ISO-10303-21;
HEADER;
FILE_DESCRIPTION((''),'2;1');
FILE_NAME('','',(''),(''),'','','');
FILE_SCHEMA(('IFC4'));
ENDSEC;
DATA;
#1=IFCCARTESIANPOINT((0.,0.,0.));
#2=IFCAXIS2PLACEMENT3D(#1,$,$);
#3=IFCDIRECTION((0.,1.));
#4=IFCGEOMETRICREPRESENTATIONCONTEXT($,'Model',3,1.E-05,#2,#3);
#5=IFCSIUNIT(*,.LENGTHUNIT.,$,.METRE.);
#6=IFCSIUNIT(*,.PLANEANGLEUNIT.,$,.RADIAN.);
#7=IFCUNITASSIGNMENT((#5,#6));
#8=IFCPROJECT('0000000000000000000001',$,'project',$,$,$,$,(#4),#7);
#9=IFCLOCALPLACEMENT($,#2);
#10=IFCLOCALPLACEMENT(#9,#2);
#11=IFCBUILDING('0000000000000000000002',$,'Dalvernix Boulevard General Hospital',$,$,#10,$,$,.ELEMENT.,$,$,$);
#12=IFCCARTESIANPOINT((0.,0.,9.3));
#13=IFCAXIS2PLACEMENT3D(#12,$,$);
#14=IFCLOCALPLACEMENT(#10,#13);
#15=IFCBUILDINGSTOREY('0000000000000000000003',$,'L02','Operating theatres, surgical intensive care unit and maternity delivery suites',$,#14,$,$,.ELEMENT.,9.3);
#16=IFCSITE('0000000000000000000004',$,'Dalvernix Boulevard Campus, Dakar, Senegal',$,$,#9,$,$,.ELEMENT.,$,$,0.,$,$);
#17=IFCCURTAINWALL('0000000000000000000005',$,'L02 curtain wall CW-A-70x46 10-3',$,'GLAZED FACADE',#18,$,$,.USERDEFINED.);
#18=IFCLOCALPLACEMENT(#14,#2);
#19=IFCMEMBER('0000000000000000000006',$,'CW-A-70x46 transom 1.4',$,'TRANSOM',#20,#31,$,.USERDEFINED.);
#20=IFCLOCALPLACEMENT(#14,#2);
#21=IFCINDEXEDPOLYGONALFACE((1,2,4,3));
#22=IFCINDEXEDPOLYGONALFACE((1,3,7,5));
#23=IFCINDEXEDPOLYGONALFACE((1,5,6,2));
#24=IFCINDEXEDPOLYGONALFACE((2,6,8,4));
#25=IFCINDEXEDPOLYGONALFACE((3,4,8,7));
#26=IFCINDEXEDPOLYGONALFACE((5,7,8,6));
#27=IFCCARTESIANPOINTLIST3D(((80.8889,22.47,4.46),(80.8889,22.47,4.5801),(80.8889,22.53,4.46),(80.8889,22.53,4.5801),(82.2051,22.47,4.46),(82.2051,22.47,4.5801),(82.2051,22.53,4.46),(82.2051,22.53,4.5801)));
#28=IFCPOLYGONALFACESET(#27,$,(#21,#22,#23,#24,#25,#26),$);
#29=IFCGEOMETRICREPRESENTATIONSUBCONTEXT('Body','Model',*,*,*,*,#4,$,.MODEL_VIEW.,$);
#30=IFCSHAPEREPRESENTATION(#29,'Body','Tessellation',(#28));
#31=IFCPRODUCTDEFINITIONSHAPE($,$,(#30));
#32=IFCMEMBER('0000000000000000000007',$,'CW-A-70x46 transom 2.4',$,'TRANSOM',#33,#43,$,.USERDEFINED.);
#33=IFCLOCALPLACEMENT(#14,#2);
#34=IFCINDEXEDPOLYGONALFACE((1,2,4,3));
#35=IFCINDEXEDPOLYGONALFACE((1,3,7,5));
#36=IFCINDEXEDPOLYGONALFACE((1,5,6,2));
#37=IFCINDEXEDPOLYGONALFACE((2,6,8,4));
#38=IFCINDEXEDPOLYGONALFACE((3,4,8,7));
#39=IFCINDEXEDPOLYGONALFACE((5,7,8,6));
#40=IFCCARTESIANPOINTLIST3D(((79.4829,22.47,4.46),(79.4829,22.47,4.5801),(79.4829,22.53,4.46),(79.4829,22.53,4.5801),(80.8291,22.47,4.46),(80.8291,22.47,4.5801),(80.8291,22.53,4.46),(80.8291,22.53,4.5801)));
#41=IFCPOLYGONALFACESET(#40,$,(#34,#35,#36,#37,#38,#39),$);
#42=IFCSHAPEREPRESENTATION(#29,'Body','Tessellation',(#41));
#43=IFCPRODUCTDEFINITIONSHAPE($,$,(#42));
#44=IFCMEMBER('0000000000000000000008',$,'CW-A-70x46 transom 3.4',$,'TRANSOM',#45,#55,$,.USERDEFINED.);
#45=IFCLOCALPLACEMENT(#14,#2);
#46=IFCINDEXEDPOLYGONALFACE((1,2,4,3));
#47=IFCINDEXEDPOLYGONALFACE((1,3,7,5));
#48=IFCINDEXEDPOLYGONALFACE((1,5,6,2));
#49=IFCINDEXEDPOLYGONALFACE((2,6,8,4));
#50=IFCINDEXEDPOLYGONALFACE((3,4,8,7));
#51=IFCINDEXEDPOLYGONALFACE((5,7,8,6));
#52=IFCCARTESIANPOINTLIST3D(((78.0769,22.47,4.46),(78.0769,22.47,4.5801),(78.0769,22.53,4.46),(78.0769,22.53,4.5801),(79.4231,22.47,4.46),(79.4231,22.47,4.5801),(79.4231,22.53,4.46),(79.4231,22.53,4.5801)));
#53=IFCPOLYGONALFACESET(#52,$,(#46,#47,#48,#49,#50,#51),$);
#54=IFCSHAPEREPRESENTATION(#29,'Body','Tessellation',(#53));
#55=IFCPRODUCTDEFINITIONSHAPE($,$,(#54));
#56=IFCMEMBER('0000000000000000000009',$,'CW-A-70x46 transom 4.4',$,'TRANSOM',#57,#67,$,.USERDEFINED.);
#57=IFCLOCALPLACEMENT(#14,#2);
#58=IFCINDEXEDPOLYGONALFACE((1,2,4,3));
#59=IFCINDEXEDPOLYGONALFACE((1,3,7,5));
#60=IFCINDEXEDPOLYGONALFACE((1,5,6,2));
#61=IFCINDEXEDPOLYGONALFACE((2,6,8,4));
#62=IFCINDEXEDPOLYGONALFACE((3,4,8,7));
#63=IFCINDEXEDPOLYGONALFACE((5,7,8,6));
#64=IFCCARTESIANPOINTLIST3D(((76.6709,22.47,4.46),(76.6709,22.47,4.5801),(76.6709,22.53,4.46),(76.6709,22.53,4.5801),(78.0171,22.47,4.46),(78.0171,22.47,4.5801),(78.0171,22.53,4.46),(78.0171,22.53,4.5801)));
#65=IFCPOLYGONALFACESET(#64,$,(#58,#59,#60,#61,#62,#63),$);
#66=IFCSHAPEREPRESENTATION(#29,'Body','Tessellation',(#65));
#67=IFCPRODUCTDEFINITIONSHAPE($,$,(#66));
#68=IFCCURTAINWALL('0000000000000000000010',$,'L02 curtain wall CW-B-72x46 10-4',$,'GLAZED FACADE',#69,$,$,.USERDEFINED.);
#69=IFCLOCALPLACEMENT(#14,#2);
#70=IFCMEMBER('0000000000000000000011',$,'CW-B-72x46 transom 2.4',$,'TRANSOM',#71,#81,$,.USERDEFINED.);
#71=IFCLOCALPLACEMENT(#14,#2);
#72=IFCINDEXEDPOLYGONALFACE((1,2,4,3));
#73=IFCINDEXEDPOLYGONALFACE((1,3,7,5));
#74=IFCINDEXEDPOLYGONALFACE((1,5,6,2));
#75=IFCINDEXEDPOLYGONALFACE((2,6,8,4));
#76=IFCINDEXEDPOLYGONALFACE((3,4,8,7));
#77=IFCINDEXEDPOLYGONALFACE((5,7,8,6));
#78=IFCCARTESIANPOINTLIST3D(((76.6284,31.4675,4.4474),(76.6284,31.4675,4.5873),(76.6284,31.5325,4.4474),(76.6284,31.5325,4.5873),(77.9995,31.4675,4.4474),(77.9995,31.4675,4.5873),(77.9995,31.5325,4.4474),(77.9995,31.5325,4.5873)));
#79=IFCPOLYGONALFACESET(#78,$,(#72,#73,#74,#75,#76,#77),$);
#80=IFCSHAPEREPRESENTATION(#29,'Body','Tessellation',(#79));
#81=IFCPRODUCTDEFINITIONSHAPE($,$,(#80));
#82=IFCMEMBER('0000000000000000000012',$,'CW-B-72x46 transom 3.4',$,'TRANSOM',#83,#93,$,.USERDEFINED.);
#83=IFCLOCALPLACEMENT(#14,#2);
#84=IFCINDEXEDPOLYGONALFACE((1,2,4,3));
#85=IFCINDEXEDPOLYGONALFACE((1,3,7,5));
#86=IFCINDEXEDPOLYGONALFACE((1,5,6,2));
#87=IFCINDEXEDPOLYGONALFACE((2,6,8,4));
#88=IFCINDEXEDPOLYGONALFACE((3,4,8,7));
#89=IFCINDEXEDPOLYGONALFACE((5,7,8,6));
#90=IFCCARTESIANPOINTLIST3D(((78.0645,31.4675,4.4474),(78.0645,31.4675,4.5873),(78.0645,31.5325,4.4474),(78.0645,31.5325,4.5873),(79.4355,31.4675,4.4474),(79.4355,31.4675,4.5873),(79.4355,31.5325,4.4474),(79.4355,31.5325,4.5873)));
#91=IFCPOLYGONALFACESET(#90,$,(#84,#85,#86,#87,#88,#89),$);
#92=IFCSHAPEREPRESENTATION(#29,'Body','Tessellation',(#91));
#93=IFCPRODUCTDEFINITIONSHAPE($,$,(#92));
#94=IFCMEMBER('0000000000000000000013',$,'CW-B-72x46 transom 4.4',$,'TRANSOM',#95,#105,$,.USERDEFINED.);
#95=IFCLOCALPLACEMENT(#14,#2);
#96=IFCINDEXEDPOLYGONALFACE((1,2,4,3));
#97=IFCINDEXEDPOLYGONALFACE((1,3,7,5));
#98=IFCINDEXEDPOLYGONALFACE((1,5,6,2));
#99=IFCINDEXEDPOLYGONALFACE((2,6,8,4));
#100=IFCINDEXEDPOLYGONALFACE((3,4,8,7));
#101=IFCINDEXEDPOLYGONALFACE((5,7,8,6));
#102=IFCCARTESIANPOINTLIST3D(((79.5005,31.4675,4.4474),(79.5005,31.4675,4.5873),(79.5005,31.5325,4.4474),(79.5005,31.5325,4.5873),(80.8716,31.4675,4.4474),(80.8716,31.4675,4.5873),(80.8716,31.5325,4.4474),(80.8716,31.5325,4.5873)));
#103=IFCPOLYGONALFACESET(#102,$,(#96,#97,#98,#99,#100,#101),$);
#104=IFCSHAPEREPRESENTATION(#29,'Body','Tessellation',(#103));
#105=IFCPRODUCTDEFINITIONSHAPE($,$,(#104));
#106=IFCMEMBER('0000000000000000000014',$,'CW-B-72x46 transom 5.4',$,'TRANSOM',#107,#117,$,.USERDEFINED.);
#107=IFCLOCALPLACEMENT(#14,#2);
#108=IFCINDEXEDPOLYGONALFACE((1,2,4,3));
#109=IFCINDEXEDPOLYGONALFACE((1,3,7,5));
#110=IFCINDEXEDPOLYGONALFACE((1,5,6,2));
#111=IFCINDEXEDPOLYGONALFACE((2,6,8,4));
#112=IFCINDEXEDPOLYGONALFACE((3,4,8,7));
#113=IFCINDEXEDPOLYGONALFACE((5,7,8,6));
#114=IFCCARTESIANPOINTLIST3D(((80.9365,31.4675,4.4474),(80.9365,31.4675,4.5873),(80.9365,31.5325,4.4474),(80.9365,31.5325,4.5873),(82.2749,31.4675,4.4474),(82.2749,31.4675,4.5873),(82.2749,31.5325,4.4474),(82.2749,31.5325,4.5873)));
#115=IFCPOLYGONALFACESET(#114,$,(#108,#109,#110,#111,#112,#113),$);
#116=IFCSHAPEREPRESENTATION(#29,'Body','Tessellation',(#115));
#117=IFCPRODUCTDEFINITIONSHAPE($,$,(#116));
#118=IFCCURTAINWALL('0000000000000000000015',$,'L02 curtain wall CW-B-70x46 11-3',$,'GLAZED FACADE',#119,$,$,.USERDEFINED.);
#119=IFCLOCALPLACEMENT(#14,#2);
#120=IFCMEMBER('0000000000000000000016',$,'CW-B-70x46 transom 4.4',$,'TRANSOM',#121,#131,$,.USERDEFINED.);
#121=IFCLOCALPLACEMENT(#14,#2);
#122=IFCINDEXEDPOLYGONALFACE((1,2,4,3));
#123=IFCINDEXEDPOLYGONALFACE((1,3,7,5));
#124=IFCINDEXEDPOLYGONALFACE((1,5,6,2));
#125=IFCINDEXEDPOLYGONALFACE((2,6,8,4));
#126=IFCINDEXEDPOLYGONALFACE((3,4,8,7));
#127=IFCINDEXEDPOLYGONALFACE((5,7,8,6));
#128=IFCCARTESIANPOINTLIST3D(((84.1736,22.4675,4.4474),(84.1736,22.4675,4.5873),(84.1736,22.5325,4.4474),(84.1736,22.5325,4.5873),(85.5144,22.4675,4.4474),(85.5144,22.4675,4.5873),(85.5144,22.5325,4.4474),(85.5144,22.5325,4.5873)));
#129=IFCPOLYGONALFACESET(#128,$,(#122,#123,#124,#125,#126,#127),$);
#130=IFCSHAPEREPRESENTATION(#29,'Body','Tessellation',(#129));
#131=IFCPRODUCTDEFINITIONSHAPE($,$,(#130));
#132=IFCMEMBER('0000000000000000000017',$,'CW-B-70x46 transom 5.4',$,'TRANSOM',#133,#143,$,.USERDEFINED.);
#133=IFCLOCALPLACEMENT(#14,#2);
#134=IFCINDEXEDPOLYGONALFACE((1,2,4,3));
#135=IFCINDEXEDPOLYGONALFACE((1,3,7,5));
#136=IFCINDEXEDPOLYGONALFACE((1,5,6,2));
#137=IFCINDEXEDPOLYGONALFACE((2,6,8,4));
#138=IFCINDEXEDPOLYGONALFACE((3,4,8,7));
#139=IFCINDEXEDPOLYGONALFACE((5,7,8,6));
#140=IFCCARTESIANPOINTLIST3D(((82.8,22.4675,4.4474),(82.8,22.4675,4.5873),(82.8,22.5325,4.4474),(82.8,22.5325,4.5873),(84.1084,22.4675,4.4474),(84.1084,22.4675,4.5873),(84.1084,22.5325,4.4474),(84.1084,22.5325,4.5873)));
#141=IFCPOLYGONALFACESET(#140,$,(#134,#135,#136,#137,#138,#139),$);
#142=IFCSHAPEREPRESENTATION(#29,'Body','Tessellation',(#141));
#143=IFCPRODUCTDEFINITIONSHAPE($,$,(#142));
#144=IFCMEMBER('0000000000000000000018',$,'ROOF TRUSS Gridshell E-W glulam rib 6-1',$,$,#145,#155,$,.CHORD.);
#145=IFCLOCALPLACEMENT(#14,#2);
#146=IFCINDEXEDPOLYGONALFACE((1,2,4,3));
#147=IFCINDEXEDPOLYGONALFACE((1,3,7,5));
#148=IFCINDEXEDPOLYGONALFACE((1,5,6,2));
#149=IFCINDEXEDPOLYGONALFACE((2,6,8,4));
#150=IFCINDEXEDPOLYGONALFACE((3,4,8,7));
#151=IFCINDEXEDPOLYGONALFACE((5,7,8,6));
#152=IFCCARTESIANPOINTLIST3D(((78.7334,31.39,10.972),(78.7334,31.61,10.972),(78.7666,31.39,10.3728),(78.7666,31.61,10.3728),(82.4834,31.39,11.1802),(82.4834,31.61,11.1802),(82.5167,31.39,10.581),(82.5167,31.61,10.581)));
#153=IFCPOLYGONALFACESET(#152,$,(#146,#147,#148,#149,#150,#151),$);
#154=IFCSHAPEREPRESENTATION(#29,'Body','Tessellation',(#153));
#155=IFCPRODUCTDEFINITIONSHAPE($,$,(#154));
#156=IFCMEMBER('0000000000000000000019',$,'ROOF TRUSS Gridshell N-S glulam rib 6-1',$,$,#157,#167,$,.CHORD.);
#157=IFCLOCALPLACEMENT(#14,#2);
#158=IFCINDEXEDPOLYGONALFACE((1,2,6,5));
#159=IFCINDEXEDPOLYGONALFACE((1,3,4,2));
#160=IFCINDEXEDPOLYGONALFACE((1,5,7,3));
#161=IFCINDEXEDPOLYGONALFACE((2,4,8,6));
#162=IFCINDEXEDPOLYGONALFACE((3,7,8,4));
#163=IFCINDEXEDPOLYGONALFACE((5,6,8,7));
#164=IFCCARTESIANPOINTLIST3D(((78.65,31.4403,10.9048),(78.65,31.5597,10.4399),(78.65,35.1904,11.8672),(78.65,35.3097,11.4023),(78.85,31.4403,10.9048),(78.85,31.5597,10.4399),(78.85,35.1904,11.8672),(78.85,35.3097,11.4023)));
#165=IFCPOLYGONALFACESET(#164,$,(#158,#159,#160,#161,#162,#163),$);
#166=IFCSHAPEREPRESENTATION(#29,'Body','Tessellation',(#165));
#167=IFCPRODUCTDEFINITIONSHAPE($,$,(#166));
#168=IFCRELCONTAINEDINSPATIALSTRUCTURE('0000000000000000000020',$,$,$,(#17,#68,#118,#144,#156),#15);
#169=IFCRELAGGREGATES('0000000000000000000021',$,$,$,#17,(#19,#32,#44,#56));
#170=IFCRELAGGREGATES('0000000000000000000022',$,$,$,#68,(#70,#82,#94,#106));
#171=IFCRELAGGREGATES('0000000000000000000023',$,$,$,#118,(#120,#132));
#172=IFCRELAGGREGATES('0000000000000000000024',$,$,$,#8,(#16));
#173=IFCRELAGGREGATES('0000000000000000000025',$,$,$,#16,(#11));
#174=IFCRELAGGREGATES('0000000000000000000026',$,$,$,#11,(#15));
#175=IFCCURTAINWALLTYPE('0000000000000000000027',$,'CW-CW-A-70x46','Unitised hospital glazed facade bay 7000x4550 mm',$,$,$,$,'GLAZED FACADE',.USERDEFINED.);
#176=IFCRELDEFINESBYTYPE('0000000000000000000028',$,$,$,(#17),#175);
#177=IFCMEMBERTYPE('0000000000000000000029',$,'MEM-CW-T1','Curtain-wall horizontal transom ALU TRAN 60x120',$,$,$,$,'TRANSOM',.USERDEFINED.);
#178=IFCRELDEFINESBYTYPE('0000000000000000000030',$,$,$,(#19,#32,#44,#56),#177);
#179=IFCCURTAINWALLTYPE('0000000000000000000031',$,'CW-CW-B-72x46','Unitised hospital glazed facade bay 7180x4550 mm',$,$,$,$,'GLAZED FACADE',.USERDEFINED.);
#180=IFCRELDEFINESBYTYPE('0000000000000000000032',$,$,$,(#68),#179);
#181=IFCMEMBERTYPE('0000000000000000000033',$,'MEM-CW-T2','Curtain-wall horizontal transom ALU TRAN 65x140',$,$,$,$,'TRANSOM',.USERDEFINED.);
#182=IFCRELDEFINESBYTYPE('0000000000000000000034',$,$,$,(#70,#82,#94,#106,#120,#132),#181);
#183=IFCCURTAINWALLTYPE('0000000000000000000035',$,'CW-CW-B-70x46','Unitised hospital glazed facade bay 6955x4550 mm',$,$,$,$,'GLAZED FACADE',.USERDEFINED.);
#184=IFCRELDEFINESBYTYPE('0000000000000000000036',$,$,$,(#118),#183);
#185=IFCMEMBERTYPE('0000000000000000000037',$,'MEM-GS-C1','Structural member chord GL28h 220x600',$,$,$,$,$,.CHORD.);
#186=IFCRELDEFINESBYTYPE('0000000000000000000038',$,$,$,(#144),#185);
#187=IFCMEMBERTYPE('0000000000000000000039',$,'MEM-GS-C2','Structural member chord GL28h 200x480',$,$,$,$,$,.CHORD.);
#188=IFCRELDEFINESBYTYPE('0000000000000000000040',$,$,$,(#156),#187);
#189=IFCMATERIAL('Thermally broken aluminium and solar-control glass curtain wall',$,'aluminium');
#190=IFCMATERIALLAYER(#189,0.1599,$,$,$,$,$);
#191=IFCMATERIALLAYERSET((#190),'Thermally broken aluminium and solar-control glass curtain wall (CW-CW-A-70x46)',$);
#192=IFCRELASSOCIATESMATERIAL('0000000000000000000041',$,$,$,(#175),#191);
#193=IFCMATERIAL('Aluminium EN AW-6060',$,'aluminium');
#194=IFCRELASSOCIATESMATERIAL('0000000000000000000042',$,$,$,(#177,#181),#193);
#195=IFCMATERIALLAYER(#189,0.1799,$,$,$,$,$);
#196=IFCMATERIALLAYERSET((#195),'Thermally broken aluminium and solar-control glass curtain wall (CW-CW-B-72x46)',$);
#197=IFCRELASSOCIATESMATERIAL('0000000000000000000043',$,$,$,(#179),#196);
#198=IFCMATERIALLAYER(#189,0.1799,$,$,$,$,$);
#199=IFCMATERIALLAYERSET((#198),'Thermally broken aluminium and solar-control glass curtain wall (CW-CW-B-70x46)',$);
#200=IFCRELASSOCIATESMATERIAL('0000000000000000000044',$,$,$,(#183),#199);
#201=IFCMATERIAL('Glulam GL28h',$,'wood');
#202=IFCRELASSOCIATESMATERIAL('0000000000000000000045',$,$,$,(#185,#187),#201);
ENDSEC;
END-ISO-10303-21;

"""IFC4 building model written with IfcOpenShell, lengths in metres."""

from ifc_helpers import new_model, si_unit, direction, frame, origin, origin_2d, place, context, subcontext, project, spatial, rectangle, extrude, material, layer, layer_set, material_profile, profile_set, type_object, element, aggregate, save


model = new_model("IFC4")

# Units and contexts
model_context = context("Model", 3, precision=1e-05, world=origin(), true_north=direction((0.0, 1.0)))
body_context = subcontext(model_context, "Body", "Model", "MODEL_VIEW")
ifc_project = project(units=[si_unit("LENGTHUNIT", "METRE"), si_unit("PLANEANGLEUNIT", "RADIAN")], contexts=[model_context])

# Site, building, storey
site_placement = place(None, origin())
site = spatial("IfcSite", under=ifc_project, at=site_placement, Name="Dalvernix Boulevard Campus, Dakar, Senegal", CompositionType="ELEMENT", RefElevation=0.0)
building_placement = place(site_placement, origin())
building = spatial("IfcBuilding", under=site, at=building_placement, Name="Dalvernix Boulevard General Hospital", CompositionType="ELEMENT")
storey_placement = place(building_placement, frame((0.0, 0.0, 9.3)))
storey = spatial("IfcBuildingStorey", under=building, at=storey_placement, Name="L02", Description="Operating theatres, surgical intensive care unit and maternity delivery suites", CompositionType="ELEMENT", Elevation=9.3)

# Curtain walls, members
ifc_material_1 = material(Name="Thermally broken aluminium and solar-control glass curtain wall", Category="aluminium")
ifc_layer_1 = layer(ifc_material_1, 0.1599)
ifc_layer_set_1 = layer_set([ifc_layer_1], Name="Thermally broken aluminium and solar-control glass curtain wall (CW-CW-A-70x46)")
curtain_wall_type_1 = type_object("IfcCurtainWallType", Name="CW-CW-A-70x46", Description="Unitised hospital glazed facade bay 7000x4550 mm", ElementType="GLAZED FACADE", PredefinedType="USERDEFINED", material=ifc_layer_set_1)
curtain_wall_1_placement = place(storey_placement, origin())
curtain_wall_1 = element("IfcCurtainWall", 1, at=curtain_wall_1_placement, inside=storey, type_object=curtain_wall_type_1, Name="L02 curtain wall CW-A-70x46 10-3", ObjectType="GLAZED FACADE", PredefinedType="USERDEFINED")
ifc_material_2 = material(Name="Aluminium EN AW-6060", Category="aluminium")
ifc_material_profile_1 = material_profile(ifc_material_2, rectangle(XDim=0.0601, YDim=0.1201, at=origin_2d()), Name="ALU TRAN 60x120")
ifc_profile_set_1 = profile_set([ifc_material_profile_1], Name="Aluminium EN AW-6060")
member_type_1 = type_object("IfcMemberType", Name="MEM-CW-T1", Description="Curtain-wall horizontal transom ALU TRAN 60x120", ElementType="TRANSOM", PredefinedType="USERDEFINED", material=ifc_profile_set_1)
member_1_placement = place(storey_placement, frame((82.2051, 22.5, 4.52), z_axis=(-1.0, 0.0, 0.0), x_axis=(0.0, -1.0, 0.0)))
member_1 = element("IfcMember", 2, at=member_1_placement, type_object=member_type_1, Name="CW-A-70x46 transom 1.4", ObjectType="TRANSOM", PredefinedType="USERDEFINED", context=body_context, shape_type="SweptSolid", body=[
    extrude(rectangle(XDim=0.0601, YDim=0.1201, at=origin_2d()), origin(), (0.0, 0.0, 1.0), 1.3162),
])
member_2_placement = place(storey_placement, frame((80.8291, 22.5, 4.52), z_axis=(-1.0, 0.0, 0.0), x_axis=(0.0, -1.0, 0.0)))
member_2 = element("IfcMember", 3, at=member_2_placement, type_object=member_type_1, Name="CW-A-70x46 transom 2.4", ObjectType="TRANSOM", PredefinedType="USERDEFINED", context=body_context, shape_type="SweptSolid", body=[
    extrude(rectangle(XDim=0.0601, YDim=0.1201, at=origin_2d()), origin(), (0.0, 0.0, 1.0), 1.3462),
])
member_3_placement = place(storey_placement, frame((79.4231, 22.5, 4.52), z_axis=(-1.0, 0.0, 0.0), x_axis=(0.0, -1.0, 0.0)))
member_3 = element("IfcMember", 4, at=member_3_placement, type_object=member_type_1, Name="CW-A-70x46 transom 3.4", ObjectType="TRANSOM", PredefinedType="USERDEFINED", context=body_context, shape_type="SweptSolid", body=[
    extrude(rectangle(XDim=0.0601, YDim=0.1201, at=origin_2d()), origin(), (0.0, 0.0, 1.0), 1.3462),
])
member_4_placement = place(storey_placement, frame((78.0171, 22.5, 4.52), z_axis=(-1.0, 0.0, 0.0), x_axis=(0.0, -1.0, 0.0)))
member_4 = element("IfcMember", 5, at=member_4_placement, type_object=member_type_1, Name="CW-A-70x46 transom 4.4", ObjectType="TRANSOM", PredefinedType="USERDEFINED", context=body_context, shape_type="SweptSolid", body=[
    extrude(rectangle(XDim=0.0601, YDim=0.1201, at=origin_2d()), origin(), (0.0, 0.0, 1.0), 1.3462),
])
ifc_layer_2 = layer(ifc_material_1, 0.1799)
ifc_layer_set_2 = layer_set([ifc_layer_2], Name="Thermally broken aluminium and solar-control glass curtain wall (CW-CW-B-72x46)")
curtain_wall_type_2 = type_object("IfcCurtainWallType", Name="CW-CW-B-72x46", Description="Unitised hospital glazed facade bay 7180x4550 mm", ElementType="GLAZED FACADE", PredefinedType="USERDEFINED", material=ifc_layer_set_2)
curtain_wall_2_placement = place(storey_placement, origin())
curtain_wall_2 = element("IfcCurtainWall", 6, at=curtain_wall_2_placement, inside=storey, type_object=curtain_wall_type_2, Name="L02 curtain wall CW-B-72x46 10-4", ObjectType="GLAZED FACADE", PredefinedType="USERDEFINED")
ifc_material_profile_2 = material_profile(ifc_material_2, rectangle(XDim=0.0649, YDim=0.1399, at=origin_2d()), Name="ALU TRAN 65x140")
ifc_profile_set_2 = profile_set([ifc_material_profile_2], Name="Aluminium EN AW-6060")
member_type_2 = type_object("IfcMemberType", Name="MEM-CW-T2", Description="Curtain-wall horizontal transom ALU TRAN 65x140", ElementType="TRANSOM", PredefinedType="USERDEFINED", material=ifc_profile_set_2)
member_5_placement = place(storey_placement, frame((76.6284, 31.5, 4.5173), z_axis=(1.0, 0.0, 0.0), x_axis=(0.0, 1.0, 0.0)))
member_5 = element("IfcMember", 7, at=member_5_placement, type_object=member_type_2, Name="CW-B-72x46 transom 2.4", ObjectType="TRANSOM", PredefinedType="USERDEFINED", context=body_context, shape_type="SweptSolid", body=[
    extrude(rectangle(XDim=0.0649, YDim=0.1399, at=origin_2d()), origin(), (0.0, 0.0, 1.0), 1.3711),
])
member_6_placement = place(storey_placement, frame((78.0645, 31.5, 4.5173), z_axis=(1.0, 0.0, 0.0), x_axis=(0.0, 1.0, 0.0)))
member_6 = element("IfcMember", 8, at=member_6_placement, type_object=member_type_2, Name="CW-B-72x46 transom 3.4", ObjectType="TRANSOM", PredefinedType="USERDEFINED", context=body_context, shape_type="SweptSolid", body=[
    extrude(rectangle(XDim=0.0649, YDim=0.1399, at=origin_2d()), origin(), (0.0, 0.0, 1.0), 1.3711),
])
member_7_placement = place(storey_placement, frame((79.5005, 31.5, 4.5173), z_axis=(1.0, 0.0, 0.0), x_axis=(0.0, 1.0, 0.0)))
member_7 = element("IfcMember", 9, at=member_7_placement, type_object=member_type_2, Name="CW-B-72x46 transom 4.4", ObjectType="TRANSOM", PredefinedType="USERDEFINED", context=body_context, shape_type="SweptSolid", body=[
    extrude(rectangle(XDim=0.0649, YDim=0.1399, at=origin_2d()), origin(), (0.0, 0.0, 1.0), 1.3711),
])
member_8_placement = place(storey_placement, frame((80.9365, 31.5, 4.5173), z_axis=(1.0, 0.0, 0.0), x_axis=(0.0, 1.0, 0.0)))
member_8 = element("IfcMember", 10, at=member_8_placement, type_object=member_type_2, Name="CW-B-72x46 transom 5.4", ObjectType="TRANSOM", PredefinedType="USERDEFINED", context=body_context, shape_type="SweptSolid", body=[
    extrude(rectangle(XDim=0.0649, YDim=0.1399, at=origin_2d()), origin(), (0.0, 0.0, 1.0), 1.3384),
])
ifc_layer_3 = layer(ifc_material_1, 0.1799)
ifc_layer_set_3 = layer_set([ifc_layer_3], Name="Thermally broken aluminium and solar-control glass curtain wall (CW-CW-B-70x46)")
curtain_wall_type_3 = type_object("IfcCurtainWallType", Name="CW-CW-B-70x46", Description="Unitised hospital glazed facade bay 6955x4550 mm", ElementType="GLAZED FACADE", PredefinedType="USERDEFINED", material=ifc_layer_set_3)
curtain_wall_3_placement = place(storey_placement, origin())
curtain_wall_3 = element("IfcCurtainWall", 11, at=curtain_wall_3_placement, inside=storey, type_object=curtain_wall_type_3, Name="L02 curtain wall CW-B-70x46 11-3", ObjectType="GLAZED FACADE", PredefinedType="USERDEFINED")
member_9_placement = place(storey_placement, frame((85.5144, 22.5, 4.5173), z_axis=(-1.0, 0.0, 0.0), x_axis=(0.0, -1.0, 0.0)))
member_9 = element("IfcMember", 12, at=member_9_placement, type_object=member_type_2, Name="CW-B-70x46 transom 4.4", ObjectType="TRANSOM", PredefinedType="USERDEFINED", context=body_context, shape_type="SweptSolid", body=[
    extrude(rectangle(XDim=0.0649, YDim=0.1399, at=origin_2d()), origin(), (0.0, 0.0, 1.0), 1.3408),
])
member_10_placement = place(storey_placement, frame((84.1084, 22.5, 4.5173), z_axis=(-1.0, 0.0, 0.0), x_axis=(0.0, -1.0, 0.0)))
member_10 = element("IfcMember", 13, at=member_10_placement, type_object=member_type_2, Name="CW-B-70x46 transom 5.4", ObjectType="TRANSOM", PredefinedType="USERDEFINED", context=body_context, shape_type="SweptSolid", body=[
    extrude(rectangle(XDim=0.0649, YDim=0.1399, at=origin_2d()), origin(), (0.0, 0.0, 1.0), 1.3083),
])

# Members
ifc_material_3 = material(Name="Glulam GL28h", Category="wood")
ifc_material_profile_3 = material_profile(ifc_material_3, rectangle(XDim=0.22, YDim=0.6001, at=origin_2d()), Name="GL28h 220x600")
ifc_profile_set_3 = profile_set([ifc_material_profile_3], Name="Glulam GL28h")
member_type_3 = type_object("IfcMemberType", Name="MEM-GS-C1", Description="Structural member chord GL28h 220x600", PredefinedType="CHORD", material=ifc_profile_set_3)
member_11_placement = place(storey_placement, frame((78.75, 31.5, 10.6724), z_axis=(0.998462, 0.0, 0.055448), x_axis=(0.0, 1.0, 0.0)))
element("IfcMember", 14, at=member_11_placement, inside=storey, type_object=member_type_3, Name="ROOF TRUSS Gridshell E-W glulam rib 6-1", PredefinedType="CHORD", context=body_context, shape_type="SweptSolid", body=[
    extrude(rectangle(XDim=0.22, YDim=0.6001, at=origin_2d()), origin(), (0.0, 0.0, 1.0), 3.7559),
])
ifc_material_profile_4 = material_profile(ifc_material_3, rectangle(XDim=0.2, YDim=0.48, at=origin_2d()), Name="GL28h 200x480")
ifc_profile_set_4 = profile_set([ifc_material_profile_4], Name="Glulam GL28h")
member_type_4 = type_object("IfcMemberType", Name="MEM-GS-C2", Description="Structural member chord GL28h 200x480", PredefinedType="CHORD", material=ifc_profile_set_4)
member_12_placement = place(storey_placement, frame((78.75, 31.5, 10.6724), z_axis=(0.0, 0.96861, 0.248585), x_axis=(-1.0, 0.0, 0.0)))
element("IfcMember", 15, at=member_12_placement, inside=storey, type_object=member_type_4, Name="ROOF TRUSS Gridshell N-S glulam rib 6-1", PredefinedType="CHORD", context=body_context, shape_type="SweptSolid", body=[
    extrude(rectangle(XDim=0.2, YDim=0.48, at=origin_2d()), origin(), (0.0, 0.0, 1.0), 3.8716),
])

aggregate(curtain_wall_1, [member_1, member_2, member_3, member_4])
aggregate(curtain_wall_2, [member_5, member_6, member_7, member_8])
aggregate(curtain_wall_3, [member_9, member_10])

save(model, "model.ifc")
